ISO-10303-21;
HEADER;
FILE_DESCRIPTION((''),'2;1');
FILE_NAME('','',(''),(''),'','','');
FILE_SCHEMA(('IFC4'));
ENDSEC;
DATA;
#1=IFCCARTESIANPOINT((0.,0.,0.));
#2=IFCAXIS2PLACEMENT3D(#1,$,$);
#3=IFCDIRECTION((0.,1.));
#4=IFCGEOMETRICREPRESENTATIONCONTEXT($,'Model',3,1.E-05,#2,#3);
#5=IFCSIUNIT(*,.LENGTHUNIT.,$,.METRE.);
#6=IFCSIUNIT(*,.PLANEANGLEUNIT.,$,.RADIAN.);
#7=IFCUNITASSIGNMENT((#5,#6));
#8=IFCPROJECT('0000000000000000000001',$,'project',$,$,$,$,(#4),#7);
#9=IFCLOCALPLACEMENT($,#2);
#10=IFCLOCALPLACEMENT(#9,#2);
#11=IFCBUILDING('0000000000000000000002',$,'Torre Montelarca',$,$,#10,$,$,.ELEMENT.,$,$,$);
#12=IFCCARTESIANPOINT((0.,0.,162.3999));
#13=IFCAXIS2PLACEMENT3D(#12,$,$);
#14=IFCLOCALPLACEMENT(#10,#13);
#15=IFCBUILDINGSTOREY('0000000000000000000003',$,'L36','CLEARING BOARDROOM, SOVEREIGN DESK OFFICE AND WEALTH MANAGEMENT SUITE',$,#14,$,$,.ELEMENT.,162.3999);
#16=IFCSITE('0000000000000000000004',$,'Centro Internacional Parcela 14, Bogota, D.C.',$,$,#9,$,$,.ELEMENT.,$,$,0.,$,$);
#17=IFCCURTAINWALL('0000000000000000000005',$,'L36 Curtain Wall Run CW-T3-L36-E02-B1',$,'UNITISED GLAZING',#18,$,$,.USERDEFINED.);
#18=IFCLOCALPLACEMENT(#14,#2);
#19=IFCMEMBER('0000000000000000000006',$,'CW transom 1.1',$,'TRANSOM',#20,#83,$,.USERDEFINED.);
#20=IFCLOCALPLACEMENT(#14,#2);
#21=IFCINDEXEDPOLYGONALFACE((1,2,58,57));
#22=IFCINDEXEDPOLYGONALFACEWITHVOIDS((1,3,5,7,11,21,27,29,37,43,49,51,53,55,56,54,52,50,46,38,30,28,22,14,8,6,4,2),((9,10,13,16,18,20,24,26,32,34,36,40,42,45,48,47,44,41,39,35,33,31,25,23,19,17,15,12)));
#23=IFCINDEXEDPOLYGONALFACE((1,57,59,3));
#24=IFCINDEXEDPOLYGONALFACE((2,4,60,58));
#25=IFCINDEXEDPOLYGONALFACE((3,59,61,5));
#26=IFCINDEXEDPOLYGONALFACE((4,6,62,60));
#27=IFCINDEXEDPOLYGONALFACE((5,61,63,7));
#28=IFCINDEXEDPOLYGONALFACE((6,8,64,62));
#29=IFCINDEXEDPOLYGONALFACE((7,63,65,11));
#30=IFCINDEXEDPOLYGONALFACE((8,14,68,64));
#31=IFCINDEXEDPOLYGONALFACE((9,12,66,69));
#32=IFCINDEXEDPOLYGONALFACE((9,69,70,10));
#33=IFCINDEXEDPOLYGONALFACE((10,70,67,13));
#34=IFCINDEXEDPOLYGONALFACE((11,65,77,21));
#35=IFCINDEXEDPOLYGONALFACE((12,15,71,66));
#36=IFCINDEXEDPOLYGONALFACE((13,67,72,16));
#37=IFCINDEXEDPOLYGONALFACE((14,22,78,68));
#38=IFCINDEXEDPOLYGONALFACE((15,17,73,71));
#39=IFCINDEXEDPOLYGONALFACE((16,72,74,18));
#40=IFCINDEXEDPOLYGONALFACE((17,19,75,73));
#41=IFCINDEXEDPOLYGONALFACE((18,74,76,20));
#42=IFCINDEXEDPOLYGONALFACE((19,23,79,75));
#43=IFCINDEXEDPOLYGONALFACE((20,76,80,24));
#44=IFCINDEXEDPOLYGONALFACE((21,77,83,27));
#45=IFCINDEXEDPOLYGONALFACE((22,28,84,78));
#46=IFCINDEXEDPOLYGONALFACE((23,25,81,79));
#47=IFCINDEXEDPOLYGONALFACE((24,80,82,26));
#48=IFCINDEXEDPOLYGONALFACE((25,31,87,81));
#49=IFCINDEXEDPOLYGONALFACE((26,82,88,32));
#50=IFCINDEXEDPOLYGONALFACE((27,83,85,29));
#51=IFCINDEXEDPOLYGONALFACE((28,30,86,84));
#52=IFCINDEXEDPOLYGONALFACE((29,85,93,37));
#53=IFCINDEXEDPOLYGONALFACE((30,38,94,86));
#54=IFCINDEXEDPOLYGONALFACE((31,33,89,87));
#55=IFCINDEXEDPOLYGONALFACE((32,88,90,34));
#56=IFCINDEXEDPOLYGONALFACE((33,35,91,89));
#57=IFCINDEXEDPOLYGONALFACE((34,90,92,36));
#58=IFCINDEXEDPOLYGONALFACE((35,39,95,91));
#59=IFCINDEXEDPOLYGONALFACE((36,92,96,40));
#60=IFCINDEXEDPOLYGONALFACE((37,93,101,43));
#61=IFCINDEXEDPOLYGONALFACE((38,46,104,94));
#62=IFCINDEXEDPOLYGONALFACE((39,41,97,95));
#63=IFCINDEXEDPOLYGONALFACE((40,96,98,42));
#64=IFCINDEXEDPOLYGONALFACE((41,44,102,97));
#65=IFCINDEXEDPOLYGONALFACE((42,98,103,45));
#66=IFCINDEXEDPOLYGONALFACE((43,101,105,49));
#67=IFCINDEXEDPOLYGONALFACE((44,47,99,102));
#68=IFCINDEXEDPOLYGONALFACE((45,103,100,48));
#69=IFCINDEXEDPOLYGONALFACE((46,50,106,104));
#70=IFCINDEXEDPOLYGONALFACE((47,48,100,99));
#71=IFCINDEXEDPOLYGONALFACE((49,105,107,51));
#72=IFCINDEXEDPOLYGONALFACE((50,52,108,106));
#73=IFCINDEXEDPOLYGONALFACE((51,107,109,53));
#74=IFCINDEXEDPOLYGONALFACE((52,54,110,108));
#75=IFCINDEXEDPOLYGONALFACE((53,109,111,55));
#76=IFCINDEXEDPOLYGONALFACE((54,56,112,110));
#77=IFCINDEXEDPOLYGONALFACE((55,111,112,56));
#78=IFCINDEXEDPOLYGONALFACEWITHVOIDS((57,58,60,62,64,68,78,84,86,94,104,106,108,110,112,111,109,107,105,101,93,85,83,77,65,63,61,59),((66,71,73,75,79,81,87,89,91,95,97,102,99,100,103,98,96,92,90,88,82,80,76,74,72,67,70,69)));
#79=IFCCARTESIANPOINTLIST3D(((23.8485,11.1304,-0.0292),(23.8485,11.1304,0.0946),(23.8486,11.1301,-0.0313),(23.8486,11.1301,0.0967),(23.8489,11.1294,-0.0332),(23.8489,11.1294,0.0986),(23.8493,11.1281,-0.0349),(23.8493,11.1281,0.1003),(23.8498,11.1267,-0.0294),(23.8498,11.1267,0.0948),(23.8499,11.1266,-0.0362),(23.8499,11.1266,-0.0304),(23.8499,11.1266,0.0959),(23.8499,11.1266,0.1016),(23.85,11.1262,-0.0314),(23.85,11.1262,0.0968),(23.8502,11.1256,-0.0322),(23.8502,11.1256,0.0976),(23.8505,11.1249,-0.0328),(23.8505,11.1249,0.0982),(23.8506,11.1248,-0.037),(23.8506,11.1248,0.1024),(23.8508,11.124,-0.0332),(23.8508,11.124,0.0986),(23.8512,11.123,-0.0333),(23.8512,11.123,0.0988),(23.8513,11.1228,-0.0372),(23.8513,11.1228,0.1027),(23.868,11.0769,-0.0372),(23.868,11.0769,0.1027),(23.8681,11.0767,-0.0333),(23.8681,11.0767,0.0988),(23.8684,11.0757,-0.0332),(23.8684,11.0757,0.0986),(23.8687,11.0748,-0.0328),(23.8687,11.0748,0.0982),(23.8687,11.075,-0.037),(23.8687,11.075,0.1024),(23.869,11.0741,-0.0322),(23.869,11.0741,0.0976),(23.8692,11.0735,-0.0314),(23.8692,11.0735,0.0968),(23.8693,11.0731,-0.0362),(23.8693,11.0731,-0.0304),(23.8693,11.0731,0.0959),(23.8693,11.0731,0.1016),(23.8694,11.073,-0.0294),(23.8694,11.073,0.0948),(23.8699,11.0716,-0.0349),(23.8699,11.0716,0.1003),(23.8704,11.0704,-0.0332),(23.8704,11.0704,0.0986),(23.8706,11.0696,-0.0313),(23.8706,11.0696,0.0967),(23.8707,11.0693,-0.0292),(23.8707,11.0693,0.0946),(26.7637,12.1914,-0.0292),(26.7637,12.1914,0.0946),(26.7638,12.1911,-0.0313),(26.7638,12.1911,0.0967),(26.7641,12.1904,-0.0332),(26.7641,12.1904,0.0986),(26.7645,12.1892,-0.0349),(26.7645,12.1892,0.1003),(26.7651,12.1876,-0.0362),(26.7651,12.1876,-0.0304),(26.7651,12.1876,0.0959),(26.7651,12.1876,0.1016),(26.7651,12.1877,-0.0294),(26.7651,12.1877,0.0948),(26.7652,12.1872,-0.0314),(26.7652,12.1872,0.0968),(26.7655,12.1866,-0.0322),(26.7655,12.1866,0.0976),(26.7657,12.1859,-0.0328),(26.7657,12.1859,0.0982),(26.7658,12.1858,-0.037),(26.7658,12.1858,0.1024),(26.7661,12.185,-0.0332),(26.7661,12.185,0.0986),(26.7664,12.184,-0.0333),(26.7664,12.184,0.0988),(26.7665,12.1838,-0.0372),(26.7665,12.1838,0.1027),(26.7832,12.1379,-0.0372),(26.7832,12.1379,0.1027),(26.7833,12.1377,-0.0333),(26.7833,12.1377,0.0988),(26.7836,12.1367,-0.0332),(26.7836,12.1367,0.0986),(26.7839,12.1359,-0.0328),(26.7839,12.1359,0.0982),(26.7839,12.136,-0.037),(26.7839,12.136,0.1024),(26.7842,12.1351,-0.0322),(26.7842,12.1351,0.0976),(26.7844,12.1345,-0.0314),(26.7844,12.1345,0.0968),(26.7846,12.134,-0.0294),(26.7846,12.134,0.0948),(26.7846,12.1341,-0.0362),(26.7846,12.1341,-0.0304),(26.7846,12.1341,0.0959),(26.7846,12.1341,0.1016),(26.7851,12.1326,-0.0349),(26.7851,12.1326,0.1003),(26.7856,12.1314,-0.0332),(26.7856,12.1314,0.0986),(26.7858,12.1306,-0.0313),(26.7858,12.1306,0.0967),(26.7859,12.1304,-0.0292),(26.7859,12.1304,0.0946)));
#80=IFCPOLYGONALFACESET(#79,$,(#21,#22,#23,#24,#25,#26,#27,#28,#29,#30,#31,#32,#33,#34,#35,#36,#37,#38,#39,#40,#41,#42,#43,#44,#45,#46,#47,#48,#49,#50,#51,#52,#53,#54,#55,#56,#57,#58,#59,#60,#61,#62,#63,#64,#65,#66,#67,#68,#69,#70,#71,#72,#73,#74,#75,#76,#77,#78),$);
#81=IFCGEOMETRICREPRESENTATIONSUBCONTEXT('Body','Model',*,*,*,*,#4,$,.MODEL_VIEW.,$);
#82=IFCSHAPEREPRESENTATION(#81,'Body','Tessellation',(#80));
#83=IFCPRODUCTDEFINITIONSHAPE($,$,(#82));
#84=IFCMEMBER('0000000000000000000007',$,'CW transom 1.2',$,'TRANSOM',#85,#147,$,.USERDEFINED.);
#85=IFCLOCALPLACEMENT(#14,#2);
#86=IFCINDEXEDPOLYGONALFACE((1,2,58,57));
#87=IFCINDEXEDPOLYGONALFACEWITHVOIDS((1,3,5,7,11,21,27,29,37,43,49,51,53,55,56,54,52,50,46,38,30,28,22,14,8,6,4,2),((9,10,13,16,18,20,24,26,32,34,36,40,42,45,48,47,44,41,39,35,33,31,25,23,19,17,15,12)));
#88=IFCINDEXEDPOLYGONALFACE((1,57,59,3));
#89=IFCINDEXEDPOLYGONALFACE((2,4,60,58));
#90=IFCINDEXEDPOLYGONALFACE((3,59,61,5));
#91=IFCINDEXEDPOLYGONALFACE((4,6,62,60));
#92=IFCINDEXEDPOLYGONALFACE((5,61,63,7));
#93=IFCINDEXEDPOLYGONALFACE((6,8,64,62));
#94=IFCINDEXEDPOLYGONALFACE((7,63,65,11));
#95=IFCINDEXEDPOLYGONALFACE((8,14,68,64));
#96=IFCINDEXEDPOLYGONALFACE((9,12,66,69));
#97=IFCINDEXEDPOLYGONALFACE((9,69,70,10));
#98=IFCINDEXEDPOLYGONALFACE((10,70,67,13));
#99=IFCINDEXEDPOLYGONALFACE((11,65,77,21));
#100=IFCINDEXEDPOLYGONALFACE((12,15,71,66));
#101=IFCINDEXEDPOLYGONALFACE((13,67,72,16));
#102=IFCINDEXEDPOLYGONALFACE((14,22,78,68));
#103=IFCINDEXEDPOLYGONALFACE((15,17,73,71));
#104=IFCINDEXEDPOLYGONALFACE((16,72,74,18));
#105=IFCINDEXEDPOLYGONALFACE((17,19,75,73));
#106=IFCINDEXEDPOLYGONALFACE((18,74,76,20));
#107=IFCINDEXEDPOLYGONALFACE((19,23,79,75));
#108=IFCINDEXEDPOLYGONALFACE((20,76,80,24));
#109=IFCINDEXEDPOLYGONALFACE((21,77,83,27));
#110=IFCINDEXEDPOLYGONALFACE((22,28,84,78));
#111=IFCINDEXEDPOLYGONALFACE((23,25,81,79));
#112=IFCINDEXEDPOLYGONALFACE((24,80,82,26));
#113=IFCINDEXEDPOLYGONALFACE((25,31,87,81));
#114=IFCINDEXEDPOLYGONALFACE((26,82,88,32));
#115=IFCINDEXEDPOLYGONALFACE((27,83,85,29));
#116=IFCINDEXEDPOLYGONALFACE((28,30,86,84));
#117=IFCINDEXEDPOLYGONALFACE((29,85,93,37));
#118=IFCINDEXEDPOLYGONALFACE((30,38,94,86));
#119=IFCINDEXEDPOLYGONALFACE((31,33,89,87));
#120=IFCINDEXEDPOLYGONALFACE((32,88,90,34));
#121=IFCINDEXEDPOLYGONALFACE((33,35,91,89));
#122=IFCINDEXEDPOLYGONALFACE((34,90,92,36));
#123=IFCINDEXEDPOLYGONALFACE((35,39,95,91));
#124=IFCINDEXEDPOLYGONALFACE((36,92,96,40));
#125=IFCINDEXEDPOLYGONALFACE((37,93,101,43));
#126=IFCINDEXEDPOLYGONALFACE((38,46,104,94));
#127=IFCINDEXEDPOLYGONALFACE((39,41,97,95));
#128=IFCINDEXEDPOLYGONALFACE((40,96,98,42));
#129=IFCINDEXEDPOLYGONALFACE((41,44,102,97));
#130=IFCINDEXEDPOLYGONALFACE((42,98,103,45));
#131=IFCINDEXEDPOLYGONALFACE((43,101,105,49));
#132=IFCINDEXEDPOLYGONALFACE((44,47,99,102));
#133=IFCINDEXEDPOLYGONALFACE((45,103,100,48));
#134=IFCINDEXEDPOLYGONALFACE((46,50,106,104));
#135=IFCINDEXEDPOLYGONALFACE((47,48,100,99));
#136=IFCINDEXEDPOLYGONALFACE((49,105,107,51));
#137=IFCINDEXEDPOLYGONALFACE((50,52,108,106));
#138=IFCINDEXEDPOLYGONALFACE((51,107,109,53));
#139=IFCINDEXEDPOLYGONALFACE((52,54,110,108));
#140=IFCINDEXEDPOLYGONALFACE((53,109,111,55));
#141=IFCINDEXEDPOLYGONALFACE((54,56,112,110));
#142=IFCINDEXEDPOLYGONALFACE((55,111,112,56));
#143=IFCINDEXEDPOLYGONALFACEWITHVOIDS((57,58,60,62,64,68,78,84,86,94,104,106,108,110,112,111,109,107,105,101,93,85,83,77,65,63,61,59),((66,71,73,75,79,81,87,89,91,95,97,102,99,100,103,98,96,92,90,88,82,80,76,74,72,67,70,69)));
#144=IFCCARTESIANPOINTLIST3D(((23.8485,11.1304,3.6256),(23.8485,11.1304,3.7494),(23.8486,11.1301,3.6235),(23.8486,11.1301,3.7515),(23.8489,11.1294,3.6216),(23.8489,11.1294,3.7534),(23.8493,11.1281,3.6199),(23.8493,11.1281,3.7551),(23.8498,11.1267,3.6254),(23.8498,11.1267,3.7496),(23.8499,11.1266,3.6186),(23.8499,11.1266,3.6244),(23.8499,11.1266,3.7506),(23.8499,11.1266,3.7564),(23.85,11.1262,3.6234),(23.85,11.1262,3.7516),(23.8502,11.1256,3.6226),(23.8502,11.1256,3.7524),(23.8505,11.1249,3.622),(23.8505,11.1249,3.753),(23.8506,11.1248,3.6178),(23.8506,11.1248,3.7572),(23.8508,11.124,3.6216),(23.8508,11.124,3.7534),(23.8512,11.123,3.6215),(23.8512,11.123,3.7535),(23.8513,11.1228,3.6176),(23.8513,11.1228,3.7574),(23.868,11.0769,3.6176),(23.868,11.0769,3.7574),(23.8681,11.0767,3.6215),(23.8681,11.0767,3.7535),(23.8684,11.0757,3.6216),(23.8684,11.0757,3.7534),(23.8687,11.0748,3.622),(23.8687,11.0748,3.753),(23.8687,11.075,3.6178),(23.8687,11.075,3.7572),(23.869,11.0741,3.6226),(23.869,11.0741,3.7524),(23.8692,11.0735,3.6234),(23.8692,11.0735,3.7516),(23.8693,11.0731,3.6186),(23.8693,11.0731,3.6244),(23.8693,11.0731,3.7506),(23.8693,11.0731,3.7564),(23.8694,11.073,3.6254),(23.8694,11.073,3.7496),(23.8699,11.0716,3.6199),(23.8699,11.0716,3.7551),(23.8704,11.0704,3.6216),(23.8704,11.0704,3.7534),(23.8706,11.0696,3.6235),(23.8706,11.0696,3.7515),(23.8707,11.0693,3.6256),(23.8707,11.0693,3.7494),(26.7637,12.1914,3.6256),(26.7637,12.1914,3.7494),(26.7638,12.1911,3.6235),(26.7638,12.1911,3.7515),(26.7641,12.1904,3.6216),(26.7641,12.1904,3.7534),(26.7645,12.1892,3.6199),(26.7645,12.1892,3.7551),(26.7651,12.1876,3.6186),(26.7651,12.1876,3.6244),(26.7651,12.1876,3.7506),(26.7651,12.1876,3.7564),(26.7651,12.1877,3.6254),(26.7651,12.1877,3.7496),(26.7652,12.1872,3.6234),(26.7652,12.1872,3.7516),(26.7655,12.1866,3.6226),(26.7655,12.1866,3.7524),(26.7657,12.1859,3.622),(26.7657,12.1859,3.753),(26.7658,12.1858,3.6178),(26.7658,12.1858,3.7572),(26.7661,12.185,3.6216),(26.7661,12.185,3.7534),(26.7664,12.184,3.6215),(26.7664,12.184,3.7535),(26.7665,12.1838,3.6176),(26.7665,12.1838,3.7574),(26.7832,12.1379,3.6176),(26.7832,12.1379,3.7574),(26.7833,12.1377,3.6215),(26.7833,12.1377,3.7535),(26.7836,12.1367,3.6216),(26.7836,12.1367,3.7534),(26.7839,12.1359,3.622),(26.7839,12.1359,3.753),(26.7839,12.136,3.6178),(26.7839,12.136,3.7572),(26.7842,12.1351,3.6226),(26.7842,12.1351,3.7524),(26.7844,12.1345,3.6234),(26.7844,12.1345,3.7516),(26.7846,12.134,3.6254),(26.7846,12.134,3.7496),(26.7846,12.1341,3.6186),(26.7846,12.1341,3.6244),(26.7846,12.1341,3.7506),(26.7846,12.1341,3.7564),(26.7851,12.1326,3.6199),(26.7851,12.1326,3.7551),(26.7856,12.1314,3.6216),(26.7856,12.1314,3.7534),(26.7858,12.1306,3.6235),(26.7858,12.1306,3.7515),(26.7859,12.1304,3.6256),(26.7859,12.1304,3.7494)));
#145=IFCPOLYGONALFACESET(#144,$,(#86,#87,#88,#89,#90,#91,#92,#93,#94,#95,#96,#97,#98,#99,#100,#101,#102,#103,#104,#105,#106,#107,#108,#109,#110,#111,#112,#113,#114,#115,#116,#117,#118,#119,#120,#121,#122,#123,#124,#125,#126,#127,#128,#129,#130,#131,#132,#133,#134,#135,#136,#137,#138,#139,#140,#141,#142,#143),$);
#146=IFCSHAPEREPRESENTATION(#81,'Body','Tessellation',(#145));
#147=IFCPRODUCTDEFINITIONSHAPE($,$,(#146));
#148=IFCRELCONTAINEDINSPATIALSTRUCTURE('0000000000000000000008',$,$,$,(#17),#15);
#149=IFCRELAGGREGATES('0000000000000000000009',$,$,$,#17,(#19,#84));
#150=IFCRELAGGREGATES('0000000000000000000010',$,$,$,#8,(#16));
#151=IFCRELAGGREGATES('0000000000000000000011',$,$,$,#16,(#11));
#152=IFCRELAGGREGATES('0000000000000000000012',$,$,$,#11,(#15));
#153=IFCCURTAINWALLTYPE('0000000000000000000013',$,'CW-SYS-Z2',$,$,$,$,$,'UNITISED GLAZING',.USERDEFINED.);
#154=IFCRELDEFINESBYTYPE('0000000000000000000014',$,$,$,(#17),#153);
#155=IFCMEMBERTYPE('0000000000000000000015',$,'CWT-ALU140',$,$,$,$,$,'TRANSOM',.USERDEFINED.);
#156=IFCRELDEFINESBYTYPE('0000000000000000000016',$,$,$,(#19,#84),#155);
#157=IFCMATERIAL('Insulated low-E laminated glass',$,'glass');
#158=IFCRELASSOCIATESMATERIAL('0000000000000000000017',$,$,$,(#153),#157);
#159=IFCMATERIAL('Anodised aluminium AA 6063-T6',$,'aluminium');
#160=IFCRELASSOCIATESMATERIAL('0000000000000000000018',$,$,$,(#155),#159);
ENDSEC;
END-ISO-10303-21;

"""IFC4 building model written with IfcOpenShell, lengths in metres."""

from ifc_helpers import new_model, si_unit, direction, frame, origin, origin_2d, place, context, subcontext, project, spatial, hollow_rectangle, extrude, source, transform, mapped, material, material_profile, profile_set, type_object, element, aggregate, save


model = new_model("IFC4")

# Units and contexts
model_context = context("Model", 3, precision=1e-05, world=origin(), true_north=direction((0.0, 1.0)))
body_context = subcontext(model_context, "Body", "Model", "MODEL_VIEW")
ifc_project = project(units=[si_unit("LENGTHUNIT", "METRE"), si_unit("PLANEANGLEUNIT", "RADIAN")], contexts=[model_context])

# Site, building, storey
site_placement = place(None, origin())
site = spatial("IfcSite", under=ifc_project, at=site_placement, Name="Centro Internacional Parcela 14, Bogota, D.C.", CompositionType="ELEMENT", RefElevation=0.0)
building_placement = place(site_placement, origin())
building = spatial("IfcBuilding", under=site, at=building_placement, Name="Torre Montelarca", CompositionType="ELEMENT")
storey_placement = place(building_placement, frame((0.0, 0.0, 162.3999)))
storey = spatial("IfcBuildingStorey", under=building, at=storey_placement, Name="L36", Description="CLEARING BOARDROOM, SOVEREIGN DESK OFFICE AND WEALTH MANAGEMENT SUITE", CompositionType="ELEMENT", Elevation=162.3999)

# Curtain wall, members
ifc_material_1 = material(Name="Insulated low-E laminated glass", Category="glass")
curtain_wall_type = type_object("IfcCurtainWallType", Name="CW-SYS-Z2", ElementType="UNITISED GLAZING", PredefinedType="USERDEFINED", material=ifc_material_1)
curtain_wall_1_placement = place(storey_placement, origin())
curtain_wall_1 = element("IfcCurtainWall", 1, at=curtain_wall_1_placement, inside=storey, type_object=curtain_wall_type, Name="L36 Curtain Wall Run CW-T3-L36-E02-B1", ObjectType="UNITISED GLAZING", PredefinedType="USERDEFINED")
ifc_material_2 = material(Name="Anodised aluminium AA 6063-T6", Category="aluminium")
ifc_material_profile_1 = material_profile(ifc_material_2, hollow_rectangle(XDim=0.0649, YDim=0.1399, WallThickness=0.0039, InnerFilletRadius=0.0039, OuterFilletRadius=0.0081, at=origin_2d()), Name="ALU65X140X4", Category="aluminium")
ifc_profile_set_1 = profile_set([ifc_material_profile_1], Name="Anodised aluminium AA 6063-T6")
member_type_1 = type_object("IfcMemberType", Name="CWT-ALU140", ElementType="TRANSOM", PredefinedType="USERDEFINED", material=ifc_profile_set_1)
shared_shape_1 = source(origin(), body_context, "Body", "SweptSolid", [
    extrude(hollow_rectangle(XDim=0.0649, YDim=0.1399, WallThickness=0.0039, InnerFilletRadius=0.0039, OuterFilletRadius=0.0081, at=origin_2d()), origin(), (0.0, 0.0, 1.0), 3.1023),
])
member_1_placement = place(storey_placement, frame((23.8596, 11.0999, 0.0327), z_axis=(0.939697, 0.342008, 0.0), x_axis=(-0.342008, 0.939697, 0.0)))
member_1 = element("IfcMember", 2, at=member_1_placement, type_object=member_type_1, Name="CW transom 1.1", ObjectType="TRANSOM", PredefinedType="USERDEFINED", context=body_context, shape_type="MappedRepresentation", body=[
    mapped(shared_shape_1, transform((0.0, 0.0, 0.0), scale=1.0)),
])
member_2_placement = place(storey_placement, frame((23.8596, 11.0999, 3.6875), z_axis=(0.939697, 0.342008, 0.0), x_axis=(-0.342008, 0.939697, 0.0)))
member_2 = element("IfcMember", 3, at=member_2_placement, type_object=member_type_1, Name="CW transom 1.2", ObjectType="TRANSOM", PredefinedType="USERDEFINED", context=body_context, shape_type="MappedRepresentation", body=[
    mapped(shared_shape_1, transform((0.0, 0.0, 0.0), scale=1.0)),
])

aggregate(curtain_wall_1, [member_1, member_2])

save(model, "model.ifc")
